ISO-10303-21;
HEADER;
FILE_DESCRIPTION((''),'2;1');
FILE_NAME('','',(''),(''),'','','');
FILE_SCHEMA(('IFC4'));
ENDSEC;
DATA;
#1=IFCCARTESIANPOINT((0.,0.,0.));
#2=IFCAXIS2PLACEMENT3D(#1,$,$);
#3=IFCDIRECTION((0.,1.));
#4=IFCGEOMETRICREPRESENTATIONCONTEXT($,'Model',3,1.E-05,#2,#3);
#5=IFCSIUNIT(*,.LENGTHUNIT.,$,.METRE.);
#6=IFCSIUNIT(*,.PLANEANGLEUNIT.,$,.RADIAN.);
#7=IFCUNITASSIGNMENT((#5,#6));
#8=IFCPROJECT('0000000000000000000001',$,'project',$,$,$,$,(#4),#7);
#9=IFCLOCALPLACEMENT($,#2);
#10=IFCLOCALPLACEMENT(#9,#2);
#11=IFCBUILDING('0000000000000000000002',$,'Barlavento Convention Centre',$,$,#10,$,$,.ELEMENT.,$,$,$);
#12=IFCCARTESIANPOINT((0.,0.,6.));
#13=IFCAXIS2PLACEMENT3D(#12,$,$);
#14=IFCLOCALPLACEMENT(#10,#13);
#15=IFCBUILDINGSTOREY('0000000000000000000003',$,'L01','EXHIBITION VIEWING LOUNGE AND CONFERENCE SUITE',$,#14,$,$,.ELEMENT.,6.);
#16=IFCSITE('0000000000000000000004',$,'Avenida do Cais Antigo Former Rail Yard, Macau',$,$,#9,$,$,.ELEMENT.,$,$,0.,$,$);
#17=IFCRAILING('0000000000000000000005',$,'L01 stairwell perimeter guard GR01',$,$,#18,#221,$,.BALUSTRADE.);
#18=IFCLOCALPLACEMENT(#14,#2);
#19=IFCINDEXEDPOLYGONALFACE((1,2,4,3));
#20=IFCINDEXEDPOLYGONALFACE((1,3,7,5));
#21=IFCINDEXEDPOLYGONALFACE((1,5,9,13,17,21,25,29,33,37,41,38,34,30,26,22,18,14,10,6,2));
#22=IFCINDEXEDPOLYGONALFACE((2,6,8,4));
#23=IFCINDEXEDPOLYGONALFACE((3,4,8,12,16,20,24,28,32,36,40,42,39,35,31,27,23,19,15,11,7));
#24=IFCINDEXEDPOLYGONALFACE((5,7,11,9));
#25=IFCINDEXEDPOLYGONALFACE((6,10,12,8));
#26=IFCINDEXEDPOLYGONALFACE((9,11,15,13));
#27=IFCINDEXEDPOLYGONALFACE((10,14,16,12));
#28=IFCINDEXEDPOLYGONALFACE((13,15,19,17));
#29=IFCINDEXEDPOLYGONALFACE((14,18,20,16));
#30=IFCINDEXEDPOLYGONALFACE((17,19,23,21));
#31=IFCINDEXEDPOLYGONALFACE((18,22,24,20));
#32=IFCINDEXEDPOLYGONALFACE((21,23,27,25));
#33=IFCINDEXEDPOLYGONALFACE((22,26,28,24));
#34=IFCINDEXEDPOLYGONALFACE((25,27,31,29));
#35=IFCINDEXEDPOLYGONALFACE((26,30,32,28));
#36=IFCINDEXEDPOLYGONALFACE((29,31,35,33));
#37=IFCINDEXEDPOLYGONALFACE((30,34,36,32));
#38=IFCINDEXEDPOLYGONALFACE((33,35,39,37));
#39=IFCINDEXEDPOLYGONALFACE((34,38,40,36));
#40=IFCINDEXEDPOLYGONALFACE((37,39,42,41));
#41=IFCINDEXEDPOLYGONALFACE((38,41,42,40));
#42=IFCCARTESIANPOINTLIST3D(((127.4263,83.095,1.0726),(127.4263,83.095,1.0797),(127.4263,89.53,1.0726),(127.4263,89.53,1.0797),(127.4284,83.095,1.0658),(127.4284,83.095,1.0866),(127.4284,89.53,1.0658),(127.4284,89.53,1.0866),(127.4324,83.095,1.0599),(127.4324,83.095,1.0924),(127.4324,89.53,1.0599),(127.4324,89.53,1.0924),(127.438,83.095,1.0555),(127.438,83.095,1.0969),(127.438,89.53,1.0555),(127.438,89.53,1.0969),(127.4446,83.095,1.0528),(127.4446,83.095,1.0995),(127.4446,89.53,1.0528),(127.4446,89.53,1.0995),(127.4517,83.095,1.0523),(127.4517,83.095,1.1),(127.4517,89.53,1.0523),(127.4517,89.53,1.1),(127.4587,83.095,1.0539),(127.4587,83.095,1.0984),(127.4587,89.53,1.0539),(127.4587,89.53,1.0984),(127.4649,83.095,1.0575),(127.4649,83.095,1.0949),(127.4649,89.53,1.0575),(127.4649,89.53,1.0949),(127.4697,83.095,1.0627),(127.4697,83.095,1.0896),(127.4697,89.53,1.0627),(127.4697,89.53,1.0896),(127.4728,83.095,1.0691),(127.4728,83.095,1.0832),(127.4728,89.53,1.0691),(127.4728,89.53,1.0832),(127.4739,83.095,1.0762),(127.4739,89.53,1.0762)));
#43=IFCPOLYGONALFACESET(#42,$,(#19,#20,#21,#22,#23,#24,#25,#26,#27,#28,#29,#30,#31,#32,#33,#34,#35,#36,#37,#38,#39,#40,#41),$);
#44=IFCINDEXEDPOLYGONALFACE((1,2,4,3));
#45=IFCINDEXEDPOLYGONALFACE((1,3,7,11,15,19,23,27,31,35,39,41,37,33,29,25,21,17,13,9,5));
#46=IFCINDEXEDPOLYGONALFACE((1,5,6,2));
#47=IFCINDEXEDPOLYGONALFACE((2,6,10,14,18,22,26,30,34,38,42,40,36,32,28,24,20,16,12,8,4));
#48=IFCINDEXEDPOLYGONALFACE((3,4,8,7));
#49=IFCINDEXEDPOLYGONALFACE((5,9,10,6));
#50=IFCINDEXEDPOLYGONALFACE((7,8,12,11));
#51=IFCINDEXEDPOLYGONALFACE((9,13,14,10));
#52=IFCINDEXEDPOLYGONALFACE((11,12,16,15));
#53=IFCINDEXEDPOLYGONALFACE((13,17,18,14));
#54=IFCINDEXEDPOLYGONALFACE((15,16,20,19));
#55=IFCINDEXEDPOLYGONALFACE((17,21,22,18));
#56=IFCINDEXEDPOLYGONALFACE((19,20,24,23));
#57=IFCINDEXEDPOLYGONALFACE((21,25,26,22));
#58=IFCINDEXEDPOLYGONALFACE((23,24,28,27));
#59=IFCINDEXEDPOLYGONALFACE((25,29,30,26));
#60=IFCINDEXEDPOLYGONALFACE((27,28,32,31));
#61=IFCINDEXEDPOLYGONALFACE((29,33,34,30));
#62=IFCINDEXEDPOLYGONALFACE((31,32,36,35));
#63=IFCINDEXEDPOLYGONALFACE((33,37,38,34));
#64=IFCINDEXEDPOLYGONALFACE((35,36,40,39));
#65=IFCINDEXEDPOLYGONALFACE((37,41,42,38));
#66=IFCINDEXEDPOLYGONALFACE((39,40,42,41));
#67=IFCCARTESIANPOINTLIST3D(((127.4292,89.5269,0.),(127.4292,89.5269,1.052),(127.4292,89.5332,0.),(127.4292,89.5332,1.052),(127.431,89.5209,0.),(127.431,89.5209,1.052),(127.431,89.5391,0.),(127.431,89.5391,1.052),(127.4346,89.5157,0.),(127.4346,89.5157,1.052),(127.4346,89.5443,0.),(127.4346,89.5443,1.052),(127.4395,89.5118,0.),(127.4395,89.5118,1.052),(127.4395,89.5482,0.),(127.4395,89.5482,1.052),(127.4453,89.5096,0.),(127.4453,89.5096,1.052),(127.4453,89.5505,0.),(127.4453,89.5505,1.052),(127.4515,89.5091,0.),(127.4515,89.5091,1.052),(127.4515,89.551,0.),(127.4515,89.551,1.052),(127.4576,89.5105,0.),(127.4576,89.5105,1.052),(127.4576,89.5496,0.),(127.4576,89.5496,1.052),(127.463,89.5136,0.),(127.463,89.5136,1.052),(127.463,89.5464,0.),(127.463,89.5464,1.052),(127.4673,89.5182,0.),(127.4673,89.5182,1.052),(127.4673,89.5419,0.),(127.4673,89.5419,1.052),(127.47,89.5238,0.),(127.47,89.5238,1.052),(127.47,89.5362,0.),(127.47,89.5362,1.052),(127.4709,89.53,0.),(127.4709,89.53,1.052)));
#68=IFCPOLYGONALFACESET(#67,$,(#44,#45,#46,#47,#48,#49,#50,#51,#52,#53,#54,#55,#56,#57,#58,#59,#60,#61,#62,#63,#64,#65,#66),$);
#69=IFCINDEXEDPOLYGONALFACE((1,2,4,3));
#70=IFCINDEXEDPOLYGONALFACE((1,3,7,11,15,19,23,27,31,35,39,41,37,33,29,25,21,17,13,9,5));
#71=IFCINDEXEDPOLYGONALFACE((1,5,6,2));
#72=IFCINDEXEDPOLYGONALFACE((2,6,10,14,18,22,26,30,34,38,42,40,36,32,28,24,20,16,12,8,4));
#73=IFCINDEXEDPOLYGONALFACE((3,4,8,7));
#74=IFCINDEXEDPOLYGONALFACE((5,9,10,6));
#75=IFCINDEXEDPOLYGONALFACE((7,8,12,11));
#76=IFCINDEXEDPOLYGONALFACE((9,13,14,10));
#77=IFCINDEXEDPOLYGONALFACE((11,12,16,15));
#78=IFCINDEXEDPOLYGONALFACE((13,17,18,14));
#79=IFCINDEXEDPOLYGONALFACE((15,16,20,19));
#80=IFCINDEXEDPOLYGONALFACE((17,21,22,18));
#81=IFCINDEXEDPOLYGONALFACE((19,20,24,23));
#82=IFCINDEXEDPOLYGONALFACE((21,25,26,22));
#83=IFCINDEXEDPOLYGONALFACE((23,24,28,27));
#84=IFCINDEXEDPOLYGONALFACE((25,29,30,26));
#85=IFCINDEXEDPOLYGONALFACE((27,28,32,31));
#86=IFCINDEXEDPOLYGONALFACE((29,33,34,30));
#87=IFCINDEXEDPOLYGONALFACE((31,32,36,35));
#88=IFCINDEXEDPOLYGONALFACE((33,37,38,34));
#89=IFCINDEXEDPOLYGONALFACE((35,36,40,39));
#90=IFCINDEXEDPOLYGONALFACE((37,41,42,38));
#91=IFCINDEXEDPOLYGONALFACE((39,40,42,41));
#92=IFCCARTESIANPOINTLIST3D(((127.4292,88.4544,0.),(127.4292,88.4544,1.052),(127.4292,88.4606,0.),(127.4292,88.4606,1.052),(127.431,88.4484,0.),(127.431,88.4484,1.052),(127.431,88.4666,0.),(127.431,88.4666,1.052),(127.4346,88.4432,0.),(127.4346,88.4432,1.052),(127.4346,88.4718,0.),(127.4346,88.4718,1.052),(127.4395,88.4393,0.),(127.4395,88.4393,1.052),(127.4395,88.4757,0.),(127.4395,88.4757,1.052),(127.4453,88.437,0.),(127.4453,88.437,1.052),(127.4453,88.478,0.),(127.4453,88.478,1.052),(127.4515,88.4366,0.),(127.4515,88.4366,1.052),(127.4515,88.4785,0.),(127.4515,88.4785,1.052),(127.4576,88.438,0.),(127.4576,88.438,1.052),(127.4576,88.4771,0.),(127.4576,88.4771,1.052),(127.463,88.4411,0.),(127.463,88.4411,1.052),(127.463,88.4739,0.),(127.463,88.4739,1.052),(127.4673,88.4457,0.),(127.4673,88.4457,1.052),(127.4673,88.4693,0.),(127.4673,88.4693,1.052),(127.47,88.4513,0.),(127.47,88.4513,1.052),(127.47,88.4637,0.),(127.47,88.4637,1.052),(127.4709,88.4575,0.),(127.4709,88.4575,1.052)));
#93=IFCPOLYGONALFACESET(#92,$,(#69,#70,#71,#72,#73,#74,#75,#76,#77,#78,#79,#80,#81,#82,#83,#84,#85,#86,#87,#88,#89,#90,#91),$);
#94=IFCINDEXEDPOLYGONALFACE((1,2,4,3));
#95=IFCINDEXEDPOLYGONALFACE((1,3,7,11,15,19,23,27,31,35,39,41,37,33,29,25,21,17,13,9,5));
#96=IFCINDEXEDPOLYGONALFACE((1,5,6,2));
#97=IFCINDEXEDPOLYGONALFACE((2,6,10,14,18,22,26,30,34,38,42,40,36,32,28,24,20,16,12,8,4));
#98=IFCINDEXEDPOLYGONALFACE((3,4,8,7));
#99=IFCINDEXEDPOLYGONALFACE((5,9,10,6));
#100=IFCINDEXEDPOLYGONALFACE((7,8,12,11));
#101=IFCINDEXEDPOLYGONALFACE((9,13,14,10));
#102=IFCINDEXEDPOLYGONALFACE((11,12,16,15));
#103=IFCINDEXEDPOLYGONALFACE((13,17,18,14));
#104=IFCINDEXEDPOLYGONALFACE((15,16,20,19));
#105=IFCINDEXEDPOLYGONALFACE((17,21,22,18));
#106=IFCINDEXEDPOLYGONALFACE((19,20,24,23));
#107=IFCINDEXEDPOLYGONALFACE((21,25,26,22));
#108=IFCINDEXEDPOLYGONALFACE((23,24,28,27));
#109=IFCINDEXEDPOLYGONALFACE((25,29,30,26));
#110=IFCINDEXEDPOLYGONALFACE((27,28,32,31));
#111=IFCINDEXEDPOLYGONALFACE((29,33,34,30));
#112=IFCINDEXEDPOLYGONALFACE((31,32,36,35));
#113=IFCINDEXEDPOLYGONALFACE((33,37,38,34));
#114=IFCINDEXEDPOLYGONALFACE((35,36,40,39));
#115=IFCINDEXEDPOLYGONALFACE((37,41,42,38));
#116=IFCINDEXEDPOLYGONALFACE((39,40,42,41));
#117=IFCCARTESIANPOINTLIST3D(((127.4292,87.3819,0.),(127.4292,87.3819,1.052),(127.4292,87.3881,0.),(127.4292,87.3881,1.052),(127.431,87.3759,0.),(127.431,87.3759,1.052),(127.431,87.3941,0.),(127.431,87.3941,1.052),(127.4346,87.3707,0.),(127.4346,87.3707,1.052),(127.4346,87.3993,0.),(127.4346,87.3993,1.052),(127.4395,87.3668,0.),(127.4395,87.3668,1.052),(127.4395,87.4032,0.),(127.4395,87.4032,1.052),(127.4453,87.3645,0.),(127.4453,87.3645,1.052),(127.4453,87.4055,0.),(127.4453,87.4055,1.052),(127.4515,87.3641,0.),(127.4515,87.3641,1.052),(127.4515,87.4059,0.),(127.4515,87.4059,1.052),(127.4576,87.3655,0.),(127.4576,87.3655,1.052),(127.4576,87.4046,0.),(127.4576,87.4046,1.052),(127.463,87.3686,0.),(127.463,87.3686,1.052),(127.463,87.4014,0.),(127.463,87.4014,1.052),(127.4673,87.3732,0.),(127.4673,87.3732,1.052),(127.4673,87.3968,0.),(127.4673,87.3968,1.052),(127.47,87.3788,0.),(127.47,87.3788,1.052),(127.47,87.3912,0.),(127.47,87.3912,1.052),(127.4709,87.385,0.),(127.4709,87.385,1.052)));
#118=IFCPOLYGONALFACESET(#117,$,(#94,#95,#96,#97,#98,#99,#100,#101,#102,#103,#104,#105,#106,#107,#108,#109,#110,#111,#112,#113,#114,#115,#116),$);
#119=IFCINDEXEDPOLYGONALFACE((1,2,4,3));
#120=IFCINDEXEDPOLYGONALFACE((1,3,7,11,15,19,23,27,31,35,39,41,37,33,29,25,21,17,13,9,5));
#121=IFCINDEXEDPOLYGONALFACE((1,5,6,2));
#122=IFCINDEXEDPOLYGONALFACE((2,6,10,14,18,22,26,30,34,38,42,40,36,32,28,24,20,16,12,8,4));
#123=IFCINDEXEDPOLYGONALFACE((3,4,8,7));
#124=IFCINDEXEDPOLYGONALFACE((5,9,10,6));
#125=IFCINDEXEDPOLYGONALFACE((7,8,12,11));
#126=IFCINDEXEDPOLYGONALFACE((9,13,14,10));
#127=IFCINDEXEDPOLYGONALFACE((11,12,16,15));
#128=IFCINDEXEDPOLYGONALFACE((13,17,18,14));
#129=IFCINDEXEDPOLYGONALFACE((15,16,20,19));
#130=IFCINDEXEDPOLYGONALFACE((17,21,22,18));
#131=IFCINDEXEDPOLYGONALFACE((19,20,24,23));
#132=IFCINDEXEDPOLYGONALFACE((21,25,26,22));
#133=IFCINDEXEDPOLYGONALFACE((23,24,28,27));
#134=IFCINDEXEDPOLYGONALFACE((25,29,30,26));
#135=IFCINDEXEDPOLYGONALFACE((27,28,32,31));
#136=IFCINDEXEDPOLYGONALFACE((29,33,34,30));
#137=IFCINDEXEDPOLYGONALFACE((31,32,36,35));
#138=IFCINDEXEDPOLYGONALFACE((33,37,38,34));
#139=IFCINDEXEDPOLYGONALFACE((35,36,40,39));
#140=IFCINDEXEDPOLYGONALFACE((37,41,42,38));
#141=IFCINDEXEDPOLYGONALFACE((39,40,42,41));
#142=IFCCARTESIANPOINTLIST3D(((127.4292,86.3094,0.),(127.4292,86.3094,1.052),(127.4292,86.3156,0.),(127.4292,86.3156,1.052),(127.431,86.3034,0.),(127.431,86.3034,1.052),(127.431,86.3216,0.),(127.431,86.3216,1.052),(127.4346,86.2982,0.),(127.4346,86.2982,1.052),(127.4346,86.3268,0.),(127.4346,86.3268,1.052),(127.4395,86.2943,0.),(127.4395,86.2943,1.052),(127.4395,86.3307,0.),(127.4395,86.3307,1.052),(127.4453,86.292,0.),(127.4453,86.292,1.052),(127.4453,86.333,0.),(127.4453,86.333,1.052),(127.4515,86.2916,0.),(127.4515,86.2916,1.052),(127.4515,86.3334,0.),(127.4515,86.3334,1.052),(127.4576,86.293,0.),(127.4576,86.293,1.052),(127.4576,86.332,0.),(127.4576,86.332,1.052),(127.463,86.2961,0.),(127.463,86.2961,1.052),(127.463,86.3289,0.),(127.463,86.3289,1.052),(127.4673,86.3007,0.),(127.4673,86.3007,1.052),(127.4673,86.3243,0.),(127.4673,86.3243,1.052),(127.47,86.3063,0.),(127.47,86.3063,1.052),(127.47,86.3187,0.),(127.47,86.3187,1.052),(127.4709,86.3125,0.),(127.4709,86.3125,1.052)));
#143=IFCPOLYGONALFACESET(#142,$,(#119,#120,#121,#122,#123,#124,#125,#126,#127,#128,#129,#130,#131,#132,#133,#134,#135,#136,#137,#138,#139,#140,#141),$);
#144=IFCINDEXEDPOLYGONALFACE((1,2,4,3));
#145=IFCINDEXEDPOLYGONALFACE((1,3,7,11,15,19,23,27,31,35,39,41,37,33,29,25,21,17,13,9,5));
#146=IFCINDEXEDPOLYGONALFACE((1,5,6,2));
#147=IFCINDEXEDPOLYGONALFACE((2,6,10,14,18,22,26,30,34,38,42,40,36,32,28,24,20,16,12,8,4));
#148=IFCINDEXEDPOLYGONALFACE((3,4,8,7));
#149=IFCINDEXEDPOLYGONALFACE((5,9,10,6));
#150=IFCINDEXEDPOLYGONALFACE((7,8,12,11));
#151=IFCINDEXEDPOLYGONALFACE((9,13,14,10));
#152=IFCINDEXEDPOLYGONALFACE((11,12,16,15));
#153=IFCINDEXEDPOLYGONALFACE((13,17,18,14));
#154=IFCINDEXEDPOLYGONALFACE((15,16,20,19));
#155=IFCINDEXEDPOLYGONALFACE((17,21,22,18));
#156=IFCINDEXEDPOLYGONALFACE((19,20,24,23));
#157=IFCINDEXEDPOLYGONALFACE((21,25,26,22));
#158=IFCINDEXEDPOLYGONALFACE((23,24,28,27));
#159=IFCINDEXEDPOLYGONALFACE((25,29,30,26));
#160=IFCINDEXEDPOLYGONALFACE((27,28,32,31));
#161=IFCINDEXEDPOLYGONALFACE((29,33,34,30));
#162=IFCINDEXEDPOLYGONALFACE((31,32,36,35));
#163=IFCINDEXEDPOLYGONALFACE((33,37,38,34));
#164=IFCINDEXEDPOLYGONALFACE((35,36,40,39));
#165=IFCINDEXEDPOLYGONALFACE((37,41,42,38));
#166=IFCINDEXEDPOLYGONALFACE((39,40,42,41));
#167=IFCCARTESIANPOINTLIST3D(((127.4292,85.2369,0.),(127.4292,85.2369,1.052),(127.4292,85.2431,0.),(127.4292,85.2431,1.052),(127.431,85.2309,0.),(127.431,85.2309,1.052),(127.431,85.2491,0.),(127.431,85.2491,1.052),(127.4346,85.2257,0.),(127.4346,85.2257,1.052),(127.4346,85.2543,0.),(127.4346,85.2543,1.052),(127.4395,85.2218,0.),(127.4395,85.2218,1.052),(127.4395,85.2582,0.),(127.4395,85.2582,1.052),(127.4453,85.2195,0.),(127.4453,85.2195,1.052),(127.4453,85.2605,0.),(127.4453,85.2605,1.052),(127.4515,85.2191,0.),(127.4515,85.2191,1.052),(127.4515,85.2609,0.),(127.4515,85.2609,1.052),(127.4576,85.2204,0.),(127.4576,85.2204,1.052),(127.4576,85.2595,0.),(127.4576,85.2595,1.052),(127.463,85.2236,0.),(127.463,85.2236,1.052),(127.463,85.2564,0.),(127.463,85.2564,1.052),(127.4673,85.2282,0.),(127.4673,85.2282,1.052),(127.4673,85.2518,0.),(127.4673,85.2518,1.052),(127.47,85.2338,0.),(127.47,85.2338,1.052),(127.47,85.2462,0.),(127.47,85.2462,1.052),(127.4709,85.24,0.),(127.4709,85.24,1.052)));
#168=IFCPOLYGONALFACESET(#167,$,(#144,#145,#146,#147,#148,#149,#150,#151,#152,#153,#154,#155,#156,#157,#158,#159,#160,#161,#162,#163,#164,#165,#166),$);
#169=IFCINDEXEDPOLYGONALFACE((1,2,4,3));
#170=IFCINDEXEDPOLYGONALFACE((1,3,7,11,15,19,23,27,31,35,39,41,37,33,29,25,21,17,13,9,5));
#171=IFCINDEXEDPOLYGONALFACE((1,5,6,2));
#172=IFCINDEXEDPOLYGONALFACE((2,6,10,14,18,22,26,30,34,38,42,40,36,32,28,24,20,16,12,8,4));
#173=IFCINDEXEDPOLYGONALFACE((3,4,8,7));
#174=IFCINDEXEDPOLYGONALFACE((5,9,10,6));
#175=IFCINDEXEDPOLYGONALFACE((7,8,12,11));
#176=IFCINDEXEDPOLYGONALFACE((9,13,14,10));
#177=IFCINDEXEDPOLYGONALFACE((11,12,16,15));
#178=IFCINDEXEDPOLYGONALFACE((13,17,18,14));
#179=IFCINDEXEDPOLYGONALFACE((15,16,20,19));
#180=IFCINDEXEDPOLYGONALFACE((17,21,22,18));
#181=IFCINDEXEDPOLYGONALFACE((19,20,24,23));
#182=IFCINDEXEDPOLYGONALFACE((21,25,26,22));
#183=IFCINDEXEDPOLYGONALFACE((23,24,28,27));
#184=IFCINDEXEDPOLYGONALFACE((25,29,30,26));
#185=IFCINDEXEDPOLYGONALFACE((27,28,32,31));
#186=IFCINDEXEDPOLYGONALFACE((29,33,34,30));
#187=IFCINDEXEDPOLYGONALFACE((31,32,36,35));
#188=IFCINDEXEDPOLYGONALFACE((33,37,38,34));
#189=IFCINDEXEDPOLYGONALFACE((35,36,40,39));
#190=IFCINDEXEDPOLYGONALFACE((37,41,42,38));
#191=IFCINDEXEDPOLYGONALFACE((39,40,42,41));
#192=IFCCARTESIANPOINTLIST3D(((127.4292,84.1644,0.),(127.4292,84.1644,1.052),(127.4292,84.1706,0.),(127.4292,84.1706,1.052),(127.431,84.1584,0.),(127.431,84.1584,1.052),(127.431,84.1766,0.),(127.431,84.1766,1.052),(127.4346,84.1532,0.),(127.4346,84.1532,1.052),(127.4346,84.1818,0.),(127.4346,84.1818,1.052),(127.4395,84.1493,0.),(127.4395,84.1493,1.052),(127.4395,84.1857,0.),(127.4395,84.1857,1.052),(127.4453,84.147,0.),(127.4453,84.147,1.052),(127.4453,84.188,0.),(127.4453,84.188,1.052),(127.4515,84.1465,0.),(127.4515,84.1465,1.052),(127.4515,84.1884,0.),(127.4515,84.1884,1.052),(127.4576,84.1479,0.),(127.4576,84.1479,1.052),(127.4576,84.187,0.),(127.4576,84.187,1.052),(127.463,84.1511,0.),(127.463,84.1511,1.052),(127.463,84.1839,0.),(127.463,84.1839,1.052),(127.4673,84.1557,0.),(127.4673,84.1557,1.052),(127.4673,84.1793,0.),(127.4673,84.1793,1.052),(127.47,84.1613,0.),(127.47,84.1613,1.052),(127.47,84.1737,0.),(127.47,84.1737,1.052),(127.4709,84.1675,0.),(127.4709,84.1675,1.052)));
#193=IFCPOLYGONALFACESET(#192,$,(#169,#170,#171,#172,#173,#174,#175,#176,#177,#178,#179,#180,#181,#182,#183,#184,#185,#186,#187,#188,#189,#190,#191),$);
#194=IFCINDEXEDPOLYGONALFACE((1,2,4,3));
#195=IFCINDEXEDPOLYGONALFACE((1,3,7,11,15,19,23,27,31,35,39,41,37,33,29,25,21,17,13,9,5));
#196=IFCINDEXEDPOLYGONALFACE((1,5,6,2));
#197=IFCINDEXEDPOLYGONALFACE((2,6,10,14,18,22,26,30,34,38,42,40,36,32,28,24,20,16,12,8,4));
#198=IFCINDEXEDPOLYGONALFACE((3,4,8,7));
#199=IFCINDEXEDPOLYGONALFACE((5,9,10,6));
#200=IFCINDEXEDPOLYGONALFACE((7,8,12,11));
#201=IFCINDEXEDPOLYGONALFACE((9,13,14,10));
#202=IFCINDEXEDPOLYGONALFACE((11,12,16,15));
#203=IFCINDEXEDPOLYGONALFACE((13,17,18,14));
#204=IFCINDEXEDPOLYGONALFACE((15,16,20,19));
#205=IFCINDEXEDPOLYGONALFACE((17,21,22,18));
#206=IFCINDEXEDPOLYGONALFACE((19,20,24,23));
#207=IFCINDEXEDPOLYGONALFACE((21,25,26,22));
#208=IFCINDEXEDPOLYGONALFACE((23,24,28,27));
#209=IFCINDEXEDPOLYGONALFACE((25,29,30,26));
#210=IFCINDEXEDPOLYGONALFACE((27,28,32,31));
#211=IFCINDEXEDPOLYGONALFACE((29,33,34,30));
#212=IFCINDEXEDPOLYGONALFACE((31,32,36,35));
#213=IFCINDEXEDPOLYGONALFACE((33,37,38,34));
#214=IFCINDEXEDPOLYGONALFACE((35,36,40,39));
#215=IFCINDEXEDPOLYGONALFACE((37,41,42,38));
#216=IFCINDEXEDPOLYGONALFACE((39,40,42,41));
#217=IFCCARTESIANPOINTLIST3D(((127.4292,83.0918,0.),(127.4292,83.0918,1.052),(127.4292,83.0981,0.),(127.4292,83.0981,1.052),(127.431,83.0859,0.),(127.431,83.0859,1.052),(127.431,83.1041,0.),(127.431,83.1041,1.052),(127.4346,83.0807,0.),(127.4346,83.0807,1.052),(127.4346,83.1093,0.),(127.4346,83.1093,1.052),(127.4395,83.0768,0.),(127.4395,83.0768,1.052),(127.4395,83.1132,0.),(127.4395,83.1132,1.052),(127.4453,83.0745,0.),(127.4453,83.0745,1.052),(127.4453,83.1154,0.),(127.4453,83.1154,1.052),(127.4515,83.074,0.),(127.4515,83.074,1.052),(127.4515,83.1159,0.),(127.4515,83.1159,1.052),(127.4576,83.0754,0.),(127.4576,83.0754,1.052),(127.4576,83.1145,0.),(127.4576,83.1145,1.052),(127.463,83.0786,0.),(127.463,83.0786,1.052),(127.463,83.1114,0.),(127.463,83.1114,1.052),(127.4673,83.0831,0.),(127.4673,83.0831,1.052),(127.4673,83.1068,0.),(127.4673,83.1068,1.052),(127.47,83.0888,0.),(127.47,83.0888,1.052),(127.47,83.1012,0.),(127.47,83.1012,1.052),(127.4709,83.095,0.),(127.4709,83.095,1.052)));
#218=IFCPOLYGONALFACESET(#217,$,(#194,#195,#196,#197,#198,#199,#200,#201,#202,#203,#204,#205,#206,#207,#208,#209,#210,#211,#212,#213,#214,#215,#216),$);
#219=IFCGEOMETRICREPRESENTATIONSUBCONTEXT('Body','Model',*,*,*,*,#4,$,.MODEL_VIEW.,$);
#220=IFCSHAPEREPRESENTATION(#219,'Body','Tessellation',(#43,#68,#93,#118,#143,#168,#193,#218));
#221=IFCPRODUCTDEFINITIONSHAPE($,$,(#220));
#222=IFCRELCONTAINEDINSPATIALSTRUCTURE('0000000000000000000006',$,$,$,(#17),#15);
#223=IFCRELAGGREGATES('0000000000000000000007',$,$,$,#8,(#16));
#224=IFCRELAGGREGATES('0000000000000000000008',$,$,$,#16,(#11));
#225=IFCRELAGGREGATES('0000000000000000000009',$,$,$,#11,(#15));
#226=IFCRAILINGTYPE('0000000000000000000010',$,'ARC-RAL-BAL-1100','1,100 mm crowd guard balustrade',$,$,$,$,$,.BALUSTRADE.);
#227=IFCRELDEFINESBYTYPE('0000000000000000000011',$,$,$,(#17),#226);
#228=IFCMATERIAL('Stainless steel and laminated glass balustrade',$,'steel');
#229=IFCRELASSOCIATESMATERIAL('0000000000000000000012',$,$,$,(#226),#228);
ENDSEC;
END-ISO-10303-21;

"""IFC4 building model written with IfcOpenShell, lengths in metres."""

from ifc_helpers import new_model, si_unit, direction, frame, origin, origin_2d, place, context, subcontext, project, spatial, circle, extrude, material, type_object, element, save


model = new_model("IFC4")

# Units and contexts
model_context = context("Model", 3, precision=1e-05, world=origin(), true_north=direction((0.0, 1.0)))
body_context = subcontext(model_context, "Body", "Model", "MODEL_VIEW")
ifc_project = project(units=[si_unit("LENGTHUNIT", "METRE"), si_unit("PLANEANGLEUNIT", "RADIAN")], contexts=[model_context])

# Site, building, storey
site_placement = place(None, origin())
site = spatial("IfcSite", under=ifc_project, at=site_placement, Name="Avenida do Cais Antigo Former Rail Yard, Macau", CompositionType="ELEMENT", RefElevation=0.0)
building_placement = place(site_placement, origin())
building = spatial("IfcBuilding", under=site, at=building_placement, Name="Barlavento Convention Centre", CompositionType="ELEMENT")
storey_placement = place(building_placement, frame((0.0, 0.0, 6.0)))
storey = spatial("IfcBuildingStorey", under=building, at=storey_placement, Name="L01", Description="EXHIBITION VIEWING LOUNGE AND CONFERENCE SUITE", CompositionType="ELEMENT", Elevation=6.0)

# Railing
ifc_material_1 = material(Name="Stainless steel and laminated glass balustrade", Category="steel")
railing_type_1 = type_object("IfcRailingType", Name="ARC-RAL-BAL-1100", Description="1,100 mm crowd guard balustrade", PredefinedType="BALUSTRADE", material=ifc_material_1)
railing_1_placement = place(storey_placement, frame((127.45, 89.53, 0.0)))
element("IfcRailing", 1, at=railing_1_placement, inside=storey, type_object=railing_type_1, Name="L01 stairwell perimeter guard GR01", PredefinedType="BALUSTRADE", context=body_context, shape_type="SweptSolid", body=[
    extrude(circle(Radius=0.0239, at=origin_2d()), frame((0.0, 0.0, 1.0762), z_axis=(0.0, -1.0, 0.0), x_axis=(1.0, 0.0, 0.0)), (0.0, 0.0, 1.0), 6.4351),
    extrude(circle(Radius=0.021, at=origin_2d()), origin(), (0.0, 0.0, 1.0), 1.052),
    extrude(circle(Radius=0.021, at=origin_2d()), frame((0.0, -1.0725, 0.0)), (0.0, 0.0, 1.0), 1.052),
    extrude(circle(Radius=0.021, at=origin_2d()), frame((0.0, -2.145, 0.0)), (0.0, 0.0, 1.0), 1.052),
    extrude(circle(Radius=0.021, at=origin_2d()), frame((0.0, -3.2175, 0.0)), (0.0, 0.0, 1.0), 1.052),
    extrude(circle(Radius=0.021, at=origin_2d()), frame((0.0, -4.29, 0.0)), (0.0, 0.0, 1.0), 1.052),
    extrude(circle(Radius=0.021, at=origin_2d()), frame((0.0, -5.3625, 0.0)), (0.0, 0.0, 1.0), 1.052),
    extrude(circle(Radius=0.021, at=origin_2d()), frame((0.0, -6.4351, 0.0)), (0.0, 0.0, 1.0), 1.052),
])

save(model, "model.ifc")
